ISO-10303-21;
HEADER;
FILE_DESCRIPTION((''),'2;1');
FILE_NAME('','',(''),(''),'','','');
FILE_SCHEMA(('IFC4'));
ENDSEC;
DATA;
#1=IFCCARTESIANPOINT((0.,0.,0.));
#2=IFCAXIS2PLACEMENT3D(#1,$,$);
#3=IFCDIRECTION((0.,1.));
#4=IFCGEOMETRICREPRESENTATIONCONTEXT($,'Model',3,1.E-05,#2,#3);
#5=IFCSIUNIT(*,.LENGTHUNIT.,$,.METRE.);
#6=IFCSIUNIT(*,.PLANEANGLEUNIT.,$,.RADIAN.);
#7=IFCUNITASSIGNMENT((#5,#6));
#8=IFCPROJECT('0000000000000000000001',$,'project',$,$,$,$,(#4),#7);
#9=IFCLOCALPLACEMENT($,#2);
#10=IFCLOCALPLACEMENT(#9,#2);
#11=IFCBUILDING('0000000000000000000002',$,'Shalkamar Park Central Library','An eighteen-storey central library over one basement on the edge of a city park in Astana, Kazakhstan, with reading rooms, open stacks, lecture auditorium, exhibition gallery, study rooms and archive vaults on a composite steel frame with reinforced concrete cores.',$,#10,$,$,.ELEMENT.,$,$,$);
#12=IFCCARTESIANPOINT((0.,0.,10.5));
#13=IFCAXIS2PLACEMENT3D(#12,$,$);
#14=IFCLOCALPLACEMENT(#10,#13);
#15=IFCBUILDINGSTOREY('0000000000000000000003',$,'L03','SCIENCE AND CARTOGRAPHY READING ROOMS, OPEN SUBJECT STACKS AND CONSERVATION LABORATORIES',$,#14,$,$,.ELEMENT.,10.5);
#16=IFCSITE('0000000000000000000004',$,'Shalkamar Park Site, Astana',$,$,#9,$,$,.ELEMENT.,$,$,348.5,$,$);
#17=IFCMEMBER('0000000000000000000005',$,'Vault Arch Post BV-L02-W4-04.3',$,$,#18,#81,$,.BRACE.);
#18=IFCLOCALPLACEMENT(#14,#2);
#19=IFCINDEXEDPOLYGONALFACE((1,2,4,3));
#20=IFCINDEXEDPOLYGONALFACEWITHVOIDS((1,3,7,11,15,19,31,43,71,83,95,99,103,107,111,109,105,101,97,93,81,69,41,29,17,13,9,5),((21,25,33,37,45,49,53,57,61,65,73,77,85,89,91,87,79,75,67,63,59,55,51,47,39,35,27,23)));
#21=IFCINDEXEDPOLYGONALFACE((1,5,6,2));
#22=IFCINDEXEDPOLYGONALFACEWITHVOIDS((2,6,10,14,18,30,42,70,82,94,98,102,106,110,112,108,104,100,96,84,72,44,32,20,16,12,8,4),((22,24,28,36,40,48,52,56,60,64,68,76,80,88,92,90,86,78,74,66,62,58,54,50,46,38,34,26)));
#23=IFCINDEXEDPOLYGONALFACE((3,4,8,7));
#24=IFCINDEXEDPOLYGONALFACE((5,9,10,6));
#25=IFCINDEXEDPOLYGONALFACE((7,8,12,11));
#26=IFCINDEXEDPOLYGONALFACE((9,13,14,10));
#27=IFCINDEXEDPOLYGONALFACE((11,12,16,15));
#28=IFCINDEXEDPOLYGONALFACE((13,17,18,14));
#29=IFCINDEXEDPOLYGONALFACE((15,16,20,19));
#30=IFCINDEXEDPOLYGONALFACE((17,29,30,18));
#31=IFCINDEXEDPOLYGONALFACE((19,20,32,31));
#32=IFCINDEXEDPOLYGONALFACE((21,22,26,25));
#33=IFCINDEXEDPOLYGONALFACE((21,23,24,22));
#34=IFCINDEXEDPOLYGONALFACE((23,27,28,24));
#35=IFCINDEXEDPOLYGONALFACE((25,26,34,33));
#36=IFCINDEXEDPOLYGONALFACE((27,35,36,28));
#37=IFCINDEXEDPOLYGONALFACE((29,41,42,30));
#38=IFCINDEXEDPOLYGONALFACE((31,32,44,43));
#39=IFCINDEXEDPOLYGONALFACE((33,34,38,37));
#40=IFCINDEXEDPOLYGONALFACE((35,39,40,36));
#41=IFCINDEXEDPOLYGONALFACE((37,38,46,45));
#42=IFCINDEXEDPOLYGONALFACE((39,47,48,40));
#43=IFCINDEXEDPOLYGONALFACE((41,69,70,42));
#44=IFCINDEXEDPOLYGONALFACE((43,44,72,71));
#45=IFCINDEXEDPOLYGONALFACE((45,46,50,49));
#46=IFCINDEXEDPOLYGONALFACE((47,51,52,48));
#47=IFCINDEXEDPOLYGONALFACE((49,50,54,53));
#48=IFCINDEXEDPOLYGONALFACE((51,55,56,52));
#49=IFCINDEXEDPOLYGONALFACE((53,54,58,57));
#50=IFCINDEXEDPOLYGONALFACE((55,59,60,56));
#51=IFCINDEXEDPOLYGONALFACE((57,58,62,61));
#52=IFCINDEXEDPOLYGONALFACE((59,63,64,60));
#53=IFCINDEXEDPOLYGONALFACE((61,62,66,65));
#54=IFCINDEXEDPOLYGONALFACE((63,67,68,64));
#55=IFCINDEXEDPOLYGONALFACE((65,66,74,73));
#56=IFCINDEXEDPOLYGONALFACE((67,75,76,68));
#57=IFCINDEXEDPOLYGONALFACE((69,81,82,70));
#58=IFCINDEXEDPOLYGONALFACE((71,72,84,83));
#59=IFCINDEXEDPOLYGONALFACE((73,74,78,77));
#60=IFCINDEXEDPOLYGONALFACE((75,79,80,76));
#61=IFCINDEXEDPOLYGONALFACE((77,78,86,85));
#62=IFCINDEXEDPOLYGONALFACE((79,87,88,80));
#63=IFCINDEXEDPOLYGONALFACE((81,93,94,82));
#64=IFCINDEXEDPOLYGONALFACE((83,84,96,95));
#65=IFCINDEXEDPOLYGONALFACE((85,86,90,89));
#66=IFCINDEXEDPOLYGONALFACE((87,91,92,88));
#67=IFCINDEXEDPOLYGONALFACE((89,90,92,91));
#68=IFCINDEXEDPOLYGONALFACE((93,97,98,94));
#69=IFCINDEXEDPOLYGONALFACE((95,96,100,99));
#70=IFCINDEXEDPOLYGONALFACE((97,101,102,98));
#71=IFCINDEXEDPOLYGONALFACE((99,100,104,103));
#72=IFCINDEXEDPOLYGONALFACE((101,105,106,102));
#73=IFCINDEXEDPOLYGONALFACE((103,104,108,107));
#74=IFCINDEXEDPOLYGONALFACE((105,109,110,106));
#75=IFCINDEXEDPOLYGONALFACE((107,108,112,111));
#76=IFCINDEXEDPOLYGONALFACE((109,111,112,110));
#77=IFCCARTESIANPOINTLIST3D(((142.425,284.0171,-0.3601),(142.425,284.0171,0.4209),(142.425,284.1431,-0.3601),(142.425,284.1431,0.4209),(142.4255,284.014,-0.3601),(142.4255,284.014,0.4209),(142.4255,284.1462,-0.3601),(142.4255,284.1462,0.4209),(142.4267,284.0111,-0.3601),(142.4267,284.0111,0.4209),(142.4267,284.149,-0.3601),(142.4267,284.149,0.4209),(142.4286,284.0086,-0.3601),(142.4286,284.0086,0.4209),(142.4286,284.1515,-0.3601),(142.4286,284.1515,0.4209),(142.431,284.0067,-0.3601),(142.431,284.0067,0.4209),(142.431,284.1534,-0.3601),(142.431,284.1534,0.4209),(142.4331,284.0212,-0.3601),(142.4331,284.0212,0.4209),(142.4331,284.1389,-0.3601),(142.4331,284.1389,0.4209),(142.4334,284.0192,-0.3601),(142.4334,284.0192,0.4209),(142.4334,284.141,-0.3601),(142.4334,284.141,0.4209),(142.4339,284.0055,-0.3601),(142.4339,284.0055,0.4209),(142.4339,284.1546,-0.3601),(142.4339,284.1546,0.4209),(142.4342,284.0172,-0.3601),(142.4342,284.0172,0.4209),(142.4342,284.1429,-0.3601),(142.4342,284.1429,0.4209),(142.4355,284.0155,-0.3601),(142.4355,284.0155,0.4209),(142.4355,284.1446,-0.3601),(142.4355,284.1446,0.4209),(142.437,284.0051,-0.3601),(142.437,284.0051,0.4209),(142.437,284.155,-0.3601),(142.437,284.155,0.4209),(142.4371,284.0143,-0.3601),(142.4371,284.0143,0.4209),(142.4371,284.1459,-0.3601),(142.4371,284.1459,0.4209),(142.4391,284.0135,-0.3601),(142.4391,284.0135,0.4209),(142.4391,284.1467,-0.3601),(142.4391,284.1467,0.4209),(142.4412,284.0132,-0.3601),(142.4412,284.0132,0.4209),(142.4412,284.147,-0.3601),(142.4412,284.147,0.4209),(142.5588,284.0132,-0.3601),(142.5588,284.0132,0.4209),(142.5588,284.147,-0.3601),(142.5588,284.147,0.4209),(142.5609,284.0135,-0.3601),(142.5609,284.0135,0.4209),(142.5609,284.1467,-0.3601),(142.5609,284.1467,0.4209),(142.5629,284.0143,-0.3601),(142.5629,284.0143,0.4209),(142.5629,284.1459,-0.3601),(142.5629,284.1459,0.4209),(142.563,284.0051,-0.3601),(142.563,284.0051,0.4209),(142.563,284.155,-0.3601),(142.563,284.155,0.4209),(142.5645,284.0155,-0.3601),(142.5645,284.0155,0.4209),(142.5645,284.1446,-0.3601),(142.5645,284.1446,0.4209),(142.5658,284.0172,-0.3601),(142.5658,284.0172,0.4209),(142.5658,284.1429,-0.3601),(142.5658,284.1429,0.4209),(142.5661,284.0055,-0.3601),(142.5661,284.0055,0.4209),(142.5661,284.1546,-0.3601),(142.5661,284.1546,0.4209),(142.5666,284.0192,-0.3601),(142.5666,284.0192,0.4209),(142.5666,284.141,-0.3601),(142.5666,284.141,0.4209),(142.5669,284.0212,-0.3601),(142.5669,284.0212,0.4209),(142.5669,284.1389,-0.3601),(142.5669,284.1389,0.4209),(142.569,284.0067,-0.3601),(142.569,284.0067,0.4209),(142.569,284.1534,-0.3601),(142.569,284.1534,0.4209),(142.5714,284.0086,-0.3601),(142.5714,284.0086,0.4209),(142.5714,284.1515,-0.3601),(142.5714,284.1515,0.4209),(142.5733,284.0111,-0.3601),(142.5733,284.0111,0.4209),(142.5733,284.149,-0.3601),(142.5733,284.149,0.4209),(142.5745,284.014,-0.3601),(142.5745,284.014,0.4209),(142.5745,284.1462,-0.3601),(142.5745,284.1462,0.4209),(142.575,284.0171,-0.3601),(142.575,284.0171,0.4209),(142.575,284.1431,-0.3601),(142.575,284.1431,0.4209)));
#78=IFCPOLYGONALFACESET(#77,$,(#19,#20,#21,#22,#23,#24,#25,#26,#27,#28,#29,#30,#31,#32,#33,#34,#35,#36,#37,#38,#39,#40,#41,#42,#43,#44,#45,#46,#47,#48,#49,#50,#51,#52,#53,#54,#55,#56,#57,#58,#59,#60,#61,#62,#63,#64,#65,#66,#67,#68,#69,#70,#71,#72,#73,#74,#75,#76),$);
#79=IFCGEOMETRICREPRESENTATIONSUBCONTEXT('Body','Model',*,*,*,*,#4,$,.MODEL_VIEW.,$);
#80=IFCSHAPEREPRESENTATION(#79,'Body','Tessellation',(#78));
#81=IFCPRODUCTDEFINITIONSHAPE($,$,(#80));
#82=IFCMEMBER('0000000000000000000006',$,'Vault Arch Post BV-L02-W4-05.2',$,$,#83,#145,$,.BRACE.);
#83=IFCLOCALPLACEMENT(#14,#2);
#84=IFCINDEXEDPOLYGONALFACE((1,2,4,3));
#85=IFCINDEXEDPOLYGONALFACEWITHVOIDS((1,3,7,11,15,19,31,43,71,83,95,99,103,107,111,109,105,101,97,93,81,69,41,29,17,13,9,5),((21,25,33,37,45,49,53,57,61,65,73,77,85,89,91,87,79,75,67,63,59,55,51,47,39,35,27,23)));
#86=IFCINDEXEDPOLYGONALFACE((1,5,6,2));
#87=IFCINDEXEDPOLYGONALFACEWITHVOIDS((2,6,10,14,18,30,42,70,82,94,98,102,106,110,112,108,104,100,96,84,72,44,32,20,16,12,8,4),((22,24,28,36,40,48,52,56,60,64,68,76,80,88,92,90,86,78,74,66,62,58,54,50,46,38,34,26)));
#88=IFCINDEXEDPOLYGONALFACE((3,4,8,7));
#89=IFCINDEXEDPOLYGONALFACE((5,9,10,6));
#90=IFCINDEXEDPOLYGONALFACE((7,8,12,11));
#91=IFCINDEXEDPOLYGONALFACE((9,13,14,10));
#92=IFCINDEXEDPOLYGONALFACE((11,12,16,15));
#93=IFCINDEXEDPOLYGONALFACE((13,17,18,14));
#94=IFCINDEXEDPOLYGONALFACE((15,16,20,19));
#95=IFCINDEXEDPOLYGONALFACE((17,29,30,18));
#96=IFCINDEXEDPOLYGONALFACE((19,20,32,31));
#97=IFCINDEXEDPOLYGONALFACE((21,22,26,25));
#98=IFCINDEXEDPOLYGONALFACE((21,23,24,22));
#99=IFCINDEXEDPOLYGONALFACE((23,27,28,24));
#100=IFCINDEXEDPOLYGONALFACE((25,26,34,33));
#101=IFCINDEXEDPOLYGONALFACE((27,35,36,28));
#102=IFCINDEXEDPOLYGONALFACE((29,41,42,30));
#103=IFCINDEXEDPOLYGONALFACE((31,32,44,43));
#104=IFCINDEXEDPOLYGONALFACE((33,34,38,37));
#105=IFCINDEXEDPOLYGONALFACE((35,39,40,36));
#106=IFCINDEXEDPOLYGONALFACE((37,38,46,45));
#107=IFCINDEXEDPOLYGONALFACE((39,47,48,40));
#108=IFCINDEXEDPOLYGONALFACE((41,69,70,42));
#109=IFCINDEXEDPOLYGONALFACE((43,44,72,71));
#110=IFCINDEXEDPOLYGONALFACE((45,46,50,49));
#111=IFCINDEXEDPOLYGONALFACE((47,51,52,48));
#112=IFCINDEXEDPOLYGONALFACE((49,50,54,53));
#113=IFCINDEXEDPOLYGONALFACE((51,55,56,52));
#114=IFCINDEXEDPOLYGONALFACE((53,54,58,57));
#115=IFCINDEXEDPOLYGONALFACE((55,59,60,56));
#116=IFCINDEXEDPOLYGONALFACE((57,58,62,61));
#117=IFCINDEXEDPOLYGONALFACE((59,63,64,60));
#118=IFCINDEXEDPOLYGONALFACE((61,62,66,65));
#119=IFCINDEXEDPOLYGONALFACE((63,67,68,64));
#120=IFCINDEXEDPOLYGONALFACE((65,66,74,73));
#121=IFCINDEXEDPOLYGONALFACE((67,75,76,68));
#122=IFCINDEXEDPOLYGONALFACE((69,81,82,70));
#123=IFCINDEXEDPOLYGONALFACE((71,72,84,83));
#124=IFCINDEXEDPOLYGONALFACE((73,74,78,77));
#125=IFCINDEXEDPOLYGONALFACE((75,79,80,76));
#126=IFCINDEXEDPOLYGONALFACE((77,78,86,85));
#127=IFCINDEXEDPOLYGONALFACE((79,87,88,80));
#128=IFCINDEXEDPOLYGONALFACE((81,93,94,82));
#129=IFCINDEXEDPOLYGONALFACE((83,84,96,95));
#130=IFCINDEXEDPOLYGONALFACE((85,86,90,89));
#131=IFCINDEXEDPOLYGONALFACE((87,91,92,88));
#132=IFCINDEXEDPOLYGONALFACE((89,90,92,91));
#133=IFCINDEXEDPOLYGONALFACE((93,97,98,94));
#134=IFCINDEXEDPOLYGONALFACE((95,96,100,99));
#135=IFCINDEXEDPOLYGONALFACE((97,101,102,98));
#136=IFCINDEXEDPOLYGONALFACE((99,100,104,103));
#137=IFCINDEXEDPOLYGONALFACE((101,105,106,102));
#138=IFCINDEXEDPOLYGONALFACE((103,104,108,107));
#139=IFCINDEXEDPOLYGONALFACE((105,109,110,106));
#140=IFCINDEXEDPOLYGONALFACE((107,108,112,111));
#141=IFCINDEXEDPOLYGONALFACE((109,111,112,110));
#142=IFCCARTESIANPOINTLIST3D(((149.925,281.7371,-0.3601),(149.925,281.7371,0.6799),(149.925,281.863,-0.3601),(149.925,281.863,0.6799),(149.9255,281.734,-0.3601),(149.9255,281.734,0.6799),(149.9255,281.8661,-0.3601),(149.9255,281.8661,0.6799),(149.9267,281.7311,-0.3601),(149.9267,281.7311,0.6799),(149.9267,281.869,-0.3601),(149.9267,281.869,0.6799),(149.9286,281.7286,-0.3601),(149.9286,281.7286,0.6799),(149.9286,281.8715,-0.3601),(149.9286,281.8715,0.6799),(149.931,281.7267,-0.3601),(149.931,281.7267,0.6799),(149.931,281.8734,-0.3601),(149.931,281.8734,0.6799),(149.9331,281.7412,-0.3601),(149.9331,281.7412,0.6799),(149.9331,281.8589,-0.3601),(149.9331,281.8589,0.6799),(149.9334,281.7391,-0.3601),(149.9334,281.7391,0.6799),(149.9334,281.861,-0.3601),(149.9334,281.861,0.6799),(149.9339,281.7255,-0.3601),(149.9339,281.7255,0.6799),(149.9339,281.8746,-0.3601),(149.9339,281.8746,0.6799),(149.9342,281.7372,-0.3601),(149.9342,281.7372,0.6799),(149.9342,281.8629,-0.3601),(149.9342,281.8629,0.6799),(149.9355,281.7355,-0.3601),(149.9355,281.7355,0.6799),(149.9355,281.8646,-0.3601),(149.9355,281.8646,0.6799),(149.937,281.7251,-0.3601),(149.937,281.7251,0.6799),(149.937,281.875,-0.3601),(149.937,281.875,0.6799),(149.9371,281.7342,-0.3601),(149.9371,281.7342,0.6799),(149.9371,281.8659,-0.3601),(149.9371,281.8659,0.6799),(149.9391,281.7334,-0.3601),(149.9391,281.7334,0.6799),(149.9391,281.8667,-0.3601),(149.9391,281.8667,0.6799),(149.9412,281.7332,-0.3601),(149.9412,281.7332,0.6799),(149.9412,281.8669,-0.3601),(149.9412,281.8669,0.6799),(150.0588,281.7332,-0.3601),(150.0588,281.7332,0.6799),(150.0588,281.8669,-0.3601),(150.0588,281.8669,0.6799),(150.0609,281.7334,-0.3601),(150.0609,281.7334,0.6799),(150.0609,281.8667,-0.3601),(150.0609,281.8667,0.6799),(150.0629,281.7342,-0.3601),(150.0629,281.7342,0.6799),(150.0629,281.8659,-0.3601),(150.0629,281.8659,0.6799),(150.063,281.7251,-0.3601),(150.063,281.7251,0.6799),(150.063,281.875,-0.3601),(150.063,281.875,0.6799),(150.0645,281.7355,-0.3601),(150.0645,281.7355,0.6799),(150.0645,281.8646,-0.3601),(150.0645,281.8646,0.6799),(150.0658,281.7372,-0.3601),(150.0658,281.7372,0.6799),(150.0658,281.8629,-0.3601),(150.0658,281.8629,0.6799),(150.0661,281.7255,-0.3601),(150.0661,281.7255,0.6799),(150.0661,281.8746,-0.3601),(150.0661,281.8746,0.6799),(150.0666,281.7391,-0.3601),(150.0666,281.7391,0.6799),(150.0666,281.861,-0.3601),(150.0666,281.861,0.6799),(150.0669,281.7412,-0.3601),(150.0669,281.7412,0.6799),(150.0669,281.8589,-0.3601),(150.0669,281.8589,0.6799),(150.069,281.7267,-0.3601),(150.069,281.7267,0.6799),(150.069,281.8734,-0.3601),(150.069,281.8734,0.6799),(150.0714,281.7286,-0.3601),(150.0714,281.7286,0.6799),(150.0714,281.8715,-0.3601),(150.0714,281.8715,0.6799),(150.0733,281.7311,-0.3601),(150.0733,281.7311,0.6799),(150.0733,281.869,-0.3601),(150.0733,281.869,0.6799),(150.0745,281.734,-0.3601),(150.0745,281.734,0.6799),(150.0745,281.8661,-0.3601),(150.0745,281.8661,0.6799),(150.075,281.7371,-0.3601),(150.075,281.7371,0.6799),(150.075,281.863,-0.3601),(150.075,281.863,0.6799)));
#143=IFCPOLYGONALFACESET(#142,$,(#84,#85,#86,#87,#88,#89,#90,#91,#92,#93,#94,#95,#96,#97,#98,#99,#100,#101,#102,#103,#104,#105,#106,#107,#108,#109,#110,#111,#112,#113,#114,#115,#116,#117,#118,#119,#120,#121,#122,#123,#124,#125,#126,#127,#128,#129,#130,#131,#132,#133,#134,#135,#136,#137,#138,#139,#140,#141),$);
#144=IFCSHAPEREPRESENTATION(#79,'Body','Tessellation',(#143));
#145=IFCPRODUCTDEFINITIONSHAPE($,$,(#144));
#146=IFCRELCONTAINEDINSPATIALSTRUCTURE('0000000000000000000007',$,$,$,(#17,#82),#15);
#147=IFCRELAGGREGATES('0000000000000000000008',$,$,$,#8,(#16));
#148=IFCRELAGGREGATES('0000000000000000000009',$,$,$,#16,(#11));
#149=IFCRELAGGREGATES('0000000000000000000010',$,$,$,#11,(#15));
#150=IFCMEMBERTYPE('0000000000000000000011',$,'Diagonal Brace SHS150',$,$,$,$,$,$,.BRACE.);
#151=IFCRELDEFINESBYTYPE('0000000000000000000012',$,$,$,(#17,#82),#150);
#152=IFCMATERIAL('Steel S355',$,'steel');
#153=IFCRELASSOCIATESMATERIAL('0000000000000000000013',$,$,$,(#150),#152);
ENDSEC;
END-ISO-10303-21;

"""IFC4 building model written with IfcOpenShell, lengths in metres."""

from ifc_helpers import new_model, si_unit, direction, frame, origin, origin_2d, place, context, subcontext, project, spatial, hollow_rectangle, extrude, material, material_profile, profile_set, type_object, element, save


model = new_model("IFC4")

# Units and contexts
model_context = context("Model", 3, precision=1e-05, world=origin(), true_north=direction((0.0, 1.0)))
body_context = subcontext(model_context, "Body", "Model", "MODEL_VIEW")
ifc_project = project(units=[si_unit("LENGTHUNIT", "METRE"), si_unit("PLANEANGLEUNIT", "RADIAN")], contexts=[model_context])

# Site, building, storey
site_placement = place(None, origin())
site = spatial("IfcSite", under=ifc_project, at=site_placement, Name="Shalkamar Park Site, Astana", CompositionType="ELEMENT", RefElevation=348.5)
building_placement = place(site_placement, origin())
building = spatial("IfcBuilding", under=site, at=building_placement, Name="Shalkamar Park Central Library", Description="An eighteen-storey central library over one basement on the edge of a city park in Astana, Kazakhstan, with reading rooms, open stacks, lecture auditorium, exhibition gallery, study rooms and archive vaults on a composite steel frame with reinforced concrete cores.", CompositionType="ELEMENT")
storey_placement = place(building_placement, frame((0.0, 0.0, 10.5)))
storey = spatial("IfcBuildingStorey", under=building, at=storey_placement, Name="L03", Description="SCIENCE AND CARTOGRAPHY READING ROOMS, OPEN SUBJECT STACKS AND CONSERVATION LABORATORIES", CompositionType="ELEMENT", Elevation=10.5)

# Members
ifc_material_1 = material(Name="Steel S355", Category="steel")
ifc_material_profile_1 = material_profile(ifc_material_1, hollow_rectangle(XDim=0.1499, YDim=0.1499, WallThickness=0.0081, InnerFilletRadius=0.0081, OuterFilletRadius=0.012, at=origin_2d()), Name="SHS 150x150x8")
ifc_profile_set_1 = profile_set([ifc_material_profile_1], Name="Steel S355")
member_type_1 = type_object("IfcMemberType", Name="Diagonal Brace SHS150", PredefinedType="BRACE", material=ifc_profile_set_1)
member_1_placement = place(storey_placement, frame((142.5, 284.0801, -0.3601), z_axis=(0.0, 0.0, 1.0), x_axis=(1.0, 0.0, 0.0)))
element("IfcMember", 1, at=member_1_placement, inside=storey, type_object=member_type_1, Name="Vault Arch Post BV-L02-W4-04.3", PredefinedType="BRACE", context=body_context, shape_type="SweptSolid", body=[
    extrude(hollow_rectangle(XDim=0.1499, YDim=0.1499, WallThickness=0.0081, InnerFilletRadius=0.0081, OuterFilletRadius=0.012, at=origin_2d()), origin(), (0.0, 0.0, 1.0), 0.781),
])
member_2_placement = place(storey_placement, frame((150.0, 281.8, -0.3601), z_axis=(0.0, 0.0, 1.0), x_axis=(1.0, 0.0, 0.0)))
element("IfcMember", 2, at=member_2_placement, inside=storey, type_object=member_type_1, Name="Vault Arch Post BV-L02-W4-05.2", PredefinedType="BRACE", context=body_context, shape_type="SweptSolid", body=[
    extrude(hollow_rectangle(XDim=0.1499, YDim=0.1499, WallThickness=0.0081, InnerFilletRadius=0.0081, OuterFilletRadius=0.012, at=origin_2d()), origin(), (0.0, 0.0, 1.0), 1.04),
])

save(model, "model.ifc")
